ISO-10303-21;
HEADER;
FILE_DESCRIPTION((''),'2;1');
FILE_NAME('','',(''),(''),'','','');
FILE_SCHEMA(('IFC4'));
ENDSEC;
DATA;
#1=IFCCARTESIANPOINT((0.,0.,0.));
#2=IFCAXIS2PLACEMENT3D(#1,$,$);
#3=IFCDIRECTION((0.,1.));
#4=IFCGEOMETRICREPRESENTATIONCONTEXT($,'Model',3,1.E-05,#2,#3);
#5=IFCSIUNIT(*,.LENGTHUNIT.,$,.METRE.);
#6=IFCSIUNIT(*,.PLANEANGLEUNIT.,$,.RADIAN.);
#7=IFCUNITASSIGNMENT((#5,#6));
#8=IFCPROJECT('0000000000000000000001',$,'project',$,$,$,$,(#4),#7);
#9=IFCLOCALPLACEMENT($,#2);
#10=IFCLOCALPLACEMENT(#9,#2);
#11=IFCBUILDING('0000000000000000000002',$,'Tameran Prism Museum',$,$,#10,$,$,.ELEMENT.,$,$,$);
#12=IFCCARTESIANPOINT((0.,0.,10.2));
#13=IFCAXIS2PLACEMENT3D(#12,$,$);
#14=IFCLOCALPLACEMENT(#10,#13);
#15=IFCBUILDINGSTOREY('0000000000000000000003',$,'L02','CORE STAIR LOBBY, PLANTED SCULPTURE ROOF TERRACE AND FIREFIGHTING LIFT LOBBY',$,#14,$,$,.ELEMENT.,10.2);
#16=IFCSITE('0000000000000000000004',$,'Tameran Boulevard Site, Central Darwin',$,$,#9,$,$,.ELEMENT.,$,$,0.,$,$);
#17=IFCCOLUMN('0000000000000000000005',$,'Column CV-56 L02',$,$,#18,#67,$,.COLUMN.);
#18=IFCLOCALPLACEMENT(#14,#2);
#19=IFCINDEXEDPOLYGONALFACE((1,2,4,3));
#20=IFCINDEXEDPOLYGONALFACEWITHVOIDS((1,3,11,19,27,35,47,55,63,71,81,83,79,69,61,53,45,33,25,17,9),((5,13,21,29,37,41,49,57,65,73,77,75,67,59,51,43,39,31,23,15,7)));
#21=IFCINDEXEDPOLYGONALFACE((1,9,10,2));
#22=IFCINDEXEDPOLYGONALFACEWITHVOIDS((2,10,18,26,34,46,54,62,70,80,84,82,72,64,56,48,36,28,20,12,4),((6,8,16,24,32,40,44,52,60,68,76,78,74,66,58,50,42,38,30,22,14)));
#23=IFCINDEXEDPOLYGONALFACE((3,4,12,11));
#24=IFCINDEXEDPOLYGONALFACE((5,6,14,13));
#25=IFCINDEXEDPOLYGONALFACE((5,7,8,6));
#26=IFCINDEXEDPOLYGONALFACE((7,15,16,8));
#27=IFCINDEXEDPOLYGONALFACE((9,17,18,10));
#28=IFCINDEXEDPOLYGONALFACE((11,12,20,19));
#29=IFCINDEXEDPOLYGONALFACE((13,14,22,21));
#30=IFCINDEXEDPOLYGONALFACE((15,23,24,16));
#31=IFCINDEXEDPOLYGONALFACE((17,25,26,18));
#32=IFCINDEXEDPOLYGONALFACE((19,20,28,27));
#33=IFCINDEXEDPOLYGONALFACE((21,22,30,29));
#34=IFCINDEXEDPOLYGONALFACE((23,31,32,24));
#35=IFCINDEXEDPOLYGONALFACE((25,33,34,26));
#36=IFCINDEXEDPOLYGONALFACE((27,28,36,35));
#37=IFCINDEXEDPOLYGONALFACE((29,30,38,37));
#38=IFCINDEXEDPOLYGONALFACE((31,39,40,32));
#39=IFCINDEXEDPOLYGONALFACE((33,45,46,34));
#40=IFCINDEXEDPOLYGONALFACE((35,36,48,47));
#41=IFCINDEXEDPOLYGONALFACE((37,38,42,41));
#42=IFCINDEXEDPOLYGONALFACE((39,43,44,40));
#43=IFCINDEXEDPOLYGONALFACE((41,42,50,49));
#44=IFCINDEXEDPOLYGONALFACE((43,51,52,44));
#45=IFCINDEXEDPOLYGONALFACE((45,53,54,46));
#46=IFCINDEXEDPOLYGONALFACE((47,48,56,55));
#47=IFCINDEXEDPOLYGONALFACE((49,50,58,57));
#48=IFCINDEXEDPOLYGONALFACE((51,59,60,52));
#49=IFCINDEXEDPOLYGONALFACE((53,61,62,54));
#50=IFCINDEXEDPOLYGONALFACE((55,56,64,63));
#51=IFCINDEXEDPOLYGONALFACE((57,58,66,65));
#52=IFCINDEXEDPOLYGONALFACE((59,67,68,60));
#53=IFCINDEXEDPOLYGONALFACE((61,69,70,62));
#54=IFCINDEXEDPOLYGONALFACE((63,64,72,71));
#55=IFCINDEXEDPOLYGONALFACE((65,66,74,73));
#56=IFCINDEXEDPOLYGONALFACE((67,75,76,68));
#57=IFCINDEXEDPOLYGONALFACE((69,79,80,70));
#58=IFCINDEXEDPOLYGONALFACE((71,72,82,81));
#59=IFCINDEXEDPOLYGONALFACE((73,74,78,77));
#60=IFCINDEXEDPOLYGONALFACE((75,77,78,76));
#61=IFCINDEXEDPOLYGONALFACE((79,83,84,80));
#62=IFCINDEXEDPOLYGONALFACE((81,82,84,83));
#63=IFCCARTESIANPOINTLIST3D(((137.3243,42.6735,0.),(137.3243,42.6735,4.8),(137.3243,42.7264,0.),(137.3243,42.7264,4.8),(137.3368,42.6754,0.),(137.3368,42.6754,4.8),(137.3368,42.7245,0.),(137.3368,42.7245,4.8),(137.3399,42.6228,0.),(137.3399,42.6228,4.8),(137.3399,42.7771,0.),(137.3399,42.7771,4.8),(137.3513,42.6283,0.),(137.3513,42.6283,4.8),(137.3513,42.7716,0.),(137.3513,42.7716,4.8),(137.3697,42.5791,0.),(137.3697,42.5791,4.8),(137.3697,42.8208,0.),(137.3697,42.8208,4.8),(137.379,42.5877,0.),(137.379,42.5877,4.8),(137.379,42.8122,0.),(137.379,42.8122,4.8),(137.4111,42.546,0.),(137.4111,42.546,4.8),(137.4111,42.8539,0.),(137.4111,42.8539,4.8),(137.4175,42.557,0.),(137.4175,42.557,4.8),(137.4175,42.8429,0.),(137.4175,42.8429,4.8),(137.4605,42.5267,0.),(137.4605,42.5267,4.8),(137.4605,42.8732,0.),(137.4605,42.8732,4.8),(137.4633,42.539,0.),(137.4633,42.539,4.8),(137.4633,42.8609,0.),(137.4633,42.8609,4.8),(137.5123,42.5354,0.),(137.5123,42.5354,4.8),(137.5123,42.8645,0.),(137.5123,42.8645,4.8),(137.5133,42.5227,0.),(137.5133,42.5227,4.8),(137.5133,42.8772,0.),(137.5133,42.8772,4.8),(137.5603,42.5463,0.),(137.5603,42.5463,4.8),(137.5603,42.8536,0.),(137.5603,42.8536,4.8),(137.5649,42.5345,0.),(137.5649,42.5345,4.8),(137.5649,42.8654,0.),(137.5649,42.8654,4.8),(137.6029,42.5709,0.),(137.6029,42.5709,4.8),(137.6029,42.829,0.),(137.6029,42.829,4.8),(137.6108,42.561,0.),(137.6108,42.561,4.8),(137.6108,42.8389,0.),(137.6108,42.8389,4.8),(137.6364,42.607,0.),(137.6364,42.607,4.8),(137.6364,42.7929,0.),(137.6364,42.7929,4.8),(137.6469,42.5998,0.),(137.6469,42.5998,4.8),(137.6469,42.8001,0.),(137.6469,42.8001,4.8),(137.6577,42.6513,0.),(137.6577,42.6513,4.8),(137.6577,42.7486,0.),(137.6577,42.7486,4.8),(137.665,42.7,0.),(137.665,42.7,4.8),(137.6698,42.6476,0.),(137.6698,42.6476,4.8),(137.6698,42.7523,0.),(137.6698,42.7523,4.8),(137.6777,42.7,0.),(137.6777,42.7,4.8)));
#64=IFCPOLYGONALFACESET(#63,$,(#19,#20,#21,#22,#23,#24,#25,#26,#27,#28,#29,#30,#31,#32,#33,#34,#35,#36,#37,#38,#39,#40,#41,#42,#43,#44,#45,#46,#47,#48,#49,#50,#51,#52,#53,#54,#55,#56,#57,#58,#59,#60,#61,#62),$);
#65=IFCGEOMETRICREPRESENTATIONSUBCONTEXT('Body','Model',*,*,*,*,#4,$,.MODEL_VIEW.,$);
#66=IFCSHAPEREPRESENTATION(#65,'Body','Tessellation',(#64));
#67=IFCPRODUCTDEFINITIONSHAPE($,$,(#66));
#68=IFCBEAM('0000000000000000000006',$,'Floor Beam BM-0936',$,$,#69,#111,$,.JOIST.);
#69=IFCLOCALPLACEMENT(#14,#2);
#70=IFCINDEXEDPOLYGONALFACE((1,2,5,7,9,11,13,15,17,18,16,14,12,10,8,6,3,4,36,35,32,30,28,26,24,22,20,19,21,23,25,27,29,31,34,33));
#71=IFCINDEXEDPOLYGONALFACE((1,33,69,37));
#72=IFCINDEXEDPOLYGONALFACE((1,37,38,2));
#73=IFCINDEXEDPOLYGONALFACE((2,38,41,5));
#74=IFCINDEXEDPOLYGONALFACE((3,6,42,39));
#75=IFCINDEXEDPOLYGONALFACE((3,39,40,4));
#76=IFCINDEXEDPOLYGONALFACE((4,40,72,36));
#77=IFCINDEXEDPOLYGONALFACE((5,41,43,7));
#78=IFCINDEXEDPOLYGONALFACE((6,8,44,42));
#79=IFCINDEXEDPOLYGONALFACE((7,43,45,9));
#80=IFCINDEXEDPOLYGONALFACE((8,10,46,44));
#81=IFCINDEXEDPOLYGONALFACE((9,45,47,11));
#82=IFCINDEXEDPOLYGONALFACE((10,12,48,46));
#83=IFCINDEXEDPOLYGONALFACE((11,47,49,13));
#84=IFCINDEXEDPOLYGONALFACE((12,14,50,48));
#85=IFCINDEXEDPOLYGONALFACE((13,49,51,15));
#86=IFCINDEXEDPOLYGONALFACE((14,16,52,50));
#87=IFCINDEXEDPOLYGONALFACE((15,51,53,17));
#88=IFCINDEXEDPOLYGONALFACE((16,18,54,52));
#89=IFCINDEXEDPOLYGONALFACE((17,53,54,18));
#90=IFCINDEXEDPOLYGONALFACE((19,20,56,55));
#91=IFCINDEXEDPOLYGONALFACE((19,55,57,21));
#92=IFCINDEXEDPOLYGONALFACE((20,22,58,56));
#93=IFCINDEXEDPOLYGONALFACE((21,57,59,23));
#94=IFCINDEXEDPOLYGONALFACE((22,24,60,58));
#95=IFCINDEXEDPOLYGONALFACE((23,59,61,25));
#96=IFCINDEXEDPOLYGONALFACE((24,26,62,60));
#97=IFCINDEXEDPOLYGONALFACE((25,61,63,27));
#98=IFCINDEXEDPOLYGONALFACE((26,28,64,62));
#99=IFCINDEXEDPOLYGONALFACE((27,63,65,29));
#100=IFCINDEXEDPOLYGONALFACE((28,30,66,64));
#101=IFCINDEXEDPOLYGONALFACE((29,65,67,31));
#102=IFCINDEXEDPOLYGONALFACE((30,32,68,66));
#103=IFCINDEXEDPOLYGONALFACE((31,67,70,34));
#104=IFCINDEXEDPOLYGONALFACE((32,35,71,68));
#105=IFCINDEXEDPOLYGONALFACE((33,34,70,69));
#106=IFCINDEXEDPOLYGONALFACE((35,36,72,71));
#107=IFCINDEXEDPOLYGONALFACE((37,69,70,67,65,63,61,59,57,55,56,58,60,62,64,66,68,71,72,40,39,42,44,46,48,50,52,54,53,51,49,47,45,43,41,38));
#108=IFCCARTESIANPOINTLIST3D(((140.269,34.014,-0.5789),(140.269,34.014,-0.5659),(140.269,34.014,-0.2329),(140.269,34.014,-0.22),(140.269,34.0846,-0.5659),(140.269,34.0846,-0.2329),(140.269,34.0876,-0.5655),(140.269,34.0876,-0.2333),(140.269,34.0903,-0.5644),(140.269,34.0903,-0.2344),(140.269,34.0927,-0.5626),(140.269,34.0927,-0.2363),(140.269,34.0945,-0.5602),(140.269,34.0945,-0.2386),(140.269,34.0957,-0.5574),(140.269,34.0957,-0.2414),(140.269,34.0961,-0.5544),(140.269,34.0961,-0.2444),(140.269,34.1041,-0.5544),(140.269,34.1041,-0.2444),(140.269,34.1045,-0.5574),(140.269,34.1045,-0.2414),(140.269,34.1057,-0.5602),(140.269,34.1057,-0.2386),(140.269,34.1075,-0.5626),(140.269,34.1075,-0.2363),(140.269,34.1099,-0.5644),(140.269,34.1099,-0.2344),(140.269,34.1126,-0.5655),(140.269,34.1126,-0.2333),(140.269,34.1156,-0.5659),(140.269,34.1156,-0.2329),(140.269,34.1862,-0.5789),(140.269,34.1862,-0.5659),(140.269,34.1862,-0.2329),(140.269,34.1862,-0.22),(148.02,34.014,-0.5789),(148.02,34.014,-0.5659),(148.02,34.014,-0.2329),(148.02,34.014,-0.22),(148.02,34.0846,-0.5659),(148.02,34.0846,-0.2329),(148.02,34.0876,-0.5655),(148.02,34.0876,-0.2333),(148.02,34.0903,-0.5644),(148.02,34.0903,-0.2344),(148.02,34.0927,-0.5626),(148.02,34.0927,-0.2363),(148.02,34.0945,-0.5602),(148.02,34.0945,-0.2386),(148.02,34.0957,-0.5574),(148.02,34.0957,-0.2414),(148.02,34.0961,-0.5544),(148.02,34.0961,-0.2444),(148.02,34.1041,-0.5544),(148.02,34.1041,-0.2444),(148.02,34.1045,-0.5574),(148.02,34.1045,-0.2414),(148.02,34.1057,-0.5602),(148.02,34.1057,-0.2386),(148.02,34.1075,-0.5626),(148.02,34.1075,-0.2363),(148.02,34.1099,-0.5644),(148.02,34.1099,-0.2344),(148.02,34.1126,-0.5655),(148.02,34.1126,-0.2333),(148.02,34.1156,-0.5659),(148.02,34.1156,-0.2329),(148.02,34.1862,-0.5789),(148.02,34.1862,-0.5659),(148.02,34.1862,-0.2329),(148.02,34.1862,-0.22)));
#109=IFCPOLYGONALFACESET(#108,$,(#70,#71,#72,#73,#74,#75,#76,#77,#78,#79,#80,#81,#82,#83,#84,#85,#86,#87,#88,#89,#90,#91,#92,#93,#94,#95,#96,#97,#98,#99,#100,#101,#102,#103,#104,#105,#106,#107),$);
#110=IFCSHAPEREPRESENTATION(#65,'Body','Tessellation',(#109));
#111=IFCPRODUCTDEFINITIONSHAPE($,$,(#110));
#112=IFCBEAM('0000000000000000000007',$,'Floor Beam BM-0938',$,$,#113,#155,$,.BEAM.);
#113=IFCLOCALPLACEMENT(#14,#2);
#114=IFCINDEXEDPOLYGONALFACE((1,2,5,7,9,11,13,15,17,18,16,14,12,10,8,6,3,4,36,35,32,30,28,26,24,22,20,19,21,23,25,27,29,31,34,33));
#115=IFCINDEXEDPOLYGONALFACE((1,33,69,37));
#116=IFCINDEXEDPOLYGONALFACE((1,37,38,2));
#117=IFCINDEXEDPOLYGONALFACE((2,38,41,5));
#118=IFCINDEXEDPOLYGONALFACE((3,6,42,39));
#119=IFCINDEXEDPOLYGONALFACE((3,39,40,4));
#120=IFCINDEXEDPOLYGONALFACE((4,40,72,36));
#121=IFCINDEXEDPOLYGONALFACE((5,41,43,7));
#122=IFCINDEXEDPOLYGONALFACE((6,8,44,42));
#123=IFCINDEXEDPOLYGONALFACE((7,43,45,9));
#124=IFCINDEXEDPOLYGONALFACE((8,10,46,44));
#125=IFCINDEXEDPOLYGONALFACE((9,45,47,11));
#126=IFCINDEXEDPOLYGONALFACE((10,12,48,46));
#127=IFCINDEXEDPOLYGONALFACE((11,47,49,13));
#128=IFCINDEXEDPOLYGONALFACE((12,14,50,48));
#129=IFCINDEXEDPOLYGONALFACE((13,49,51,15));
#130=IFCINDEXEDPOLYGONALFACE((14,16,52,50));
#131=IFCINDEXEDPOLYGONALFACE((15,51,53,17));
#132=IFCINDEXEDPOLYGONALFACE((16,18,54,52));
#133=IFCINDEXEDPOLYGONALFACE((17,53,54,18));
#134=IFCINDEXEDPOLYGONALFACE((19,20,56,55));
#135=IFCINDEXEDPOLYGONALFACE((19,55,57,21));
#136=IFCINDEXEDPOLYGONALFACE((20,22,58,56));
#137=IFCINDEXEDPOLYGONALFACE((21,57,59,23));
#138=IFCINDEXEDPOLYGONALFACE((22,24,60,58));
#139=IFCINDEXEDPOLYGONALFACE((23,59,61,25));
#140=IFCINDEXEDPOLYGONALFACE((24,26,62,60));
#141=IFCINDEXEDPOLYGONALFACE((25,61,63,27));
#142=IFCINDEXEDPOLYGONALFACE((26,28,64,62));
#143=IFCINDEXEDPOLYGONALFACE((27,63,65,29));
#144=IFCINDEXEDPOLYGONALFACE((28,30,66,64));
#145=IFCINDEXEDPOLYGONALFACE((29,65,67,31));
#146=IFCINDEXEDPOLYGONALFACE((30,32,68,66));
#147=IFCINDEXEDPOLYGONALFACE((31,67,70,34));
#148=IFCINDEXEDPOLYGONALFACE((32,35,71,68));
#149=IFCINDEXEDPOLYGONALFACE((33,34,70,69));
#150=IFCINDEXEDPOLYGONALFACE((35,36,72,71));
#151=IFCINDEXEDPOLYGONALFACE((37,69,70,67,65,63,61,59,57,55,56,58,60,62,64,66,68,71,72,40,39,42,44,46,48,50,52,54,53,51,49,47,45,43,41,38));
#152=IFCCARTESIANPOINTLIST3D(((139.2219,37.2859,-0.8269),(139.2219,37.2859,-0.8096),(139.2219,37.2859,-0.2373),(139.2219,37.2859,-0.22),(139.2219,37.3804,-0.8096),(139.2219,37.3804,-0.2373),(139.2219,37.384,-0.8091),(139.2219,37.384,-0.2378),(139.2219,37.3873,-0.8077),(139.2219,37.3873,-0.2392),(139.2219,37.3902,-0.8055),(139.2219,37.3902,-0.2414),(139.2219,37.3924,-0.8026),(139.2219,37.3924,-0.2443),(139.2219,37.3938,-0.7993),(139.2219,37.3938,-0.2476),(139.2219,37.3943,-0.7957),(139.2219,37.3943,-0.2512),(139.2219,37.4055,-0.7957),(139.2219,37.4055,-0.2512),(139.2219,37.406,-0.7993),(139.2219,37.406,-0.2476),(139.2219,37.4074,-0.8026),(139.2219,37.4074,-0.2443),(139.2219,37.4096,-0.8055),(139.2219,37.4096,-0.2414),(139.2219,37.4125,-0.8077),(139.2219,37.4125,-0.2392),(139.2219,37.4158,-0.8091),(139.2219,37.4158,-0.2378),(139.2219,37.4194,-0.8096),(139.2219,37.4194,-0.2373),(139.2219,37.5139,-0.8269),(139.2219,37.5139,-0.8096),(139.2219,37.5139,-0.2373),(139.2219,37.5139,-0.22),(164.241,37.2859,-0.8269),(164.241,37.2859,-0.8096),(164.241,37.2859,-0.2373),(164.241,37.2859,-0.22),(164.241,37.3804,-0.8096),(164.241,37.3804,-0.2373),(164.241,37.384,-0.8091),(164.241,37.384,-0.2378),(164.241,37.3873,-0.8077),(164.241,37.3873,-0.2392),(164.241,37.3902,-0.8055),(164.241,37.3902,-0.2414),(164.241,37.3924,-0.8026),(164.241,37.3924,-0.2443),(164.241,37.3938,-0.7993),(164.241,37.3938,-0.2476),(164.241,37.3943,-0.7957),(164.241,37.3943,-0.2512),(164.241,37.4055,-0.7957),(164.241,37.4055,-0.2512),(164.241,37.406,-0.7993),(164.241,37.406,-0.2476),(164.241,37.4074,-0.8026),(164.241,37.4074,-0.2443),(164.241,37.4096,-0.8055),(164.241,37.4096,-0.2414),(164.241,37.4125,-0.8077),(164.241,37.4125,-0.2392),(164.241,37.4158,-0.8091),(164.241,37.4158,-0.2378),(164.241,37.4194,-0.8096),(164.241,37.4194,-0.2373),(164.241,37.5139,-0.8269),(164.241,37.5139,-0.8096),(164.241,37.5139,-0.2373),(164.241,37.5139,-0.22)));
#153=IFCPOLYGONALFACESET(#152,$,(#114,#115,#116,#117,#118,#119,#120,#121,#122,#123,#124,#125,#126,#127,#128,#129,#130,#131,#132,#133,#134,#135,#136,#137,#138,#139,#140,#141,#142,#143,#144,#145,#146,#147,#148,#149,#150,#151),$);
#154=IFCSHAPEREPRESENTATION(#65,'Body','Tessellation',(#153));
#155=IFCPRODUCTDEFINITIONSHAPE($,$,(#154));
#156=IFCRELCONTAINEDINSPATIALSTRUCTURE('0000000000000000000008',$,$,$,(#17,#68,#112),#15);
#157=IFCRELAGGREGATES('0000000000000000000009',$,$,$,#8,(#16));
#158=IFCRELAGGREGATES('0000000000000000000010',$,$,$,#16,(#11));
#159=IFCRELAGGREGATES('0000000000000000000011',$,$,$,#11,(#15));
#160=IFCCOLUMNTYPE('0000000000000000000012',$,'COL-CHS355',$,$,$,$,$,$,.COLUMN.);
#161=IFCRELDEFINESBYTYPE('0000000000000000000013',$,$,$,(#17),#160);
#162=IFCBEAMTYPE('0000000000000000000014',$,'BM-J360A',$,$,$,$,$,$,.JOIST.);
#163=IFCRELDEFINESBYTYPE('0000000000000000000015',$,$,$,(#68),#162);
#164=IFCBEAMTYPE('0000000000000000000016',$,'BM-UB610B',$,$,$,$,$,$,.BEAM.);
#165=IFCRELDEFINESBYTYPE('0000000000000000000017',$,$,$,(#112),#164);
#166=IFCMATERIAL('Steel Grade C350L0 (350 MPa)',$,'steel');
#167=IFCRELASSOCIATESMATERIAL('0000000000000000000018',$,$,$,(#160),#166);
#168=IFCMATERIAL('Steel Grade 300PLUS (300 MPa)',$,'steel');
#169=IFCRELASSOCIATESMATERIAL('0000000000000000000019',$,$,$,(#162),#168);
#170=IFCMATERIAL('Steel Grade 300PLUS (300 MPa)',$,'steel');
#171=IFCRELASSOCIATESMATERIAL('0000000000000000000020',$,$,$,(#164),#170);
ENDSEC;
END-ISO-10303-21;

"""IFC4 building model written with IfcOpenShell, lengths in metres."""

from ifc_helpers import new_model, si_unit, direction, frame, origin, origin_2d, place, context, subcontext, project, spatial, hollow_circle, i_section, extrude, material, material_profile, profile_set, type_object, element, save


model = new_model("IFC4")

# Units and contexts
model_context = context("Model", 3, precision=1e-05, world=origin(), true_north=direction((0.0, 1.0)))
body_context = subcontext(model_context, "Body", "Model", "MODEL_VIEW")
ifc_project = project(units=[si_unit("LENGTHUNIT", "METRE"), si_unit("PLANEANGLEUNIT", "RADIAN")], contexts=[model_context])

# Site, building, storey
site_placement = place(None, origin())
site = spatial("IfcSite", under=ifc_project, at=site_placement, Name="Tameran Boulevard Site, Central Darwin", CompositionType="ELEMENT", RefElevation=0.0)
building_placement = place(site_placement, origin())
building = spatial("IfcBuilding", under=site, at=building_placement, Name="Tameran Prism Museum", CompositionType="ELEMENT")
storey_placement = place(building_placement, frame((0.0, 0.0, 10.2)))
storey = spatial("IfcBuildingStorey", under=building, at=storey_placement, Name="L02", Description="CORE STAIR LOBBY, PLANTED SCULPTURE ROOF TERRACE AND FIREFIGHTING LIFT LOBBY", CompositionType="ELEMENT", Elevation=10.2)

# Column
ifc_material_1 = material(Name="Steel Grade C350L0 (350 MPa)", Category="steel")
ifc_material_profile_1 = material_profile(ifc_material_1, hollow_circle(Radius=0.1777, WallThickness=0.0127, at=origin_2d()))
ifc_profile_set_1 = profile_set([ifc_material_profile_1])
column_type = type_object("IfcColumnType", Name="COL-CHS355", PredefinedType="COLUMN", material=ifc_profile_set_1)
column_placement = place(storey_placement, frame((137.5, 42.7, 0.0), z_axis=(0.0, 0.0, 1.0), x_axis=(1.0, 0.0, 0.0)))
element("IfcColumn", 1, at=column_placement, inside=storey, type_object=column_type, Name="Column CV-56 L02", PredefinedType="COLUMN", context=body_context, shape_type="SweptSolid", body=[
    extrude(hollow_circle(Radius=0.1777, WallThickness=0.0127, at=origin_2d()), origin(), (0.0, 0.0, 1.0), 4.8),
])

# Beams
ifc_material_2 = material(Name="Steel Grade 300PLUS (300 MPa)", Category="steel")
ifc_material_profile_2 = material_profile(ifc_material_2, i_section(OverallWidth=0.1721, OverallDepth=0.3589, WebThickness=0.0081, FlangeThickness=0.0129, FilletRadius=0.0115, at=origin_2d()))
ifc_profile_set_2 = profile_set([ifc_material_profile_2])
beam_type_1 = type_object("IfcBeamType", Name="BM-J360A", PredefinedType="JOIST", material=ifc_profile_set_2)
beam_1_placement = place(storey_placement, frame((140.269, 34.1001, -0.3994), z_axis=(1.0, 0.0, 0.0), x_axis=(0.0, 1.0, 0.0)))
element("IfcBeam", 2, at=beam_1_placement, inside=storey, type_object=beam_type_1, Name="Floor Beam BM-0936", PredefinedType="JOIST", context=body_context, shape_type="SweptSolid", body=[
    extrude(i_section(OverallWidth=0.1721, OverallDepth=0.3589, WebThickness=0.0081, FlangeThickness=0.0129, FilletRadius=0.0115, at=origin_2d()), origin(), (0.0, 0.0, 1.0), 7.751),
])
ifc_material_3 = material(Name="Steel Grade 300PLUS (300 MPa)", Category="steel")
ifc_material_profile_3 = material_profile(ifc_material_3, i_section(OverallWidth=0.228, OverallDepth=0.6069, WebThickness=0.0112, FlangeThickness=0.0173, FilletRadius=0.0139, at=origin_2d()))
ifc_profile_set_3 = profile_set([ifc_material_profile_3])
beam_type_2 = type_object("IfcBeamType", Name="BM-UB610B", PredefinedType="BEAM", material=ifc_profile_set_3)
beam_2_placement = place(storey_placement, frame((139.2219, 37.3999, -0.5234), z_axis=(1.0, 0.0, 0.0), x_axis=(0.0, 1.0, 0.0)))
element("IfcBeam", 3, at=beam_2_placement, inside=storey, type_object=beam_type_2, Name="Floor Beam BM-0938", PredefinedType="BEAM", context=body_context, shape_type="SweptSolid", body=[
    extrude(i_section(OverallWidth=0.228, OverallDepth=0.6069, WebThickness=0.0112, FlangeThickness=0.0173, FilletRadius=0.0139, at=origin_2d()), origin(), (0.0, 0.0, 1.0), 25.019),
])

save(model, "model.ifc")
